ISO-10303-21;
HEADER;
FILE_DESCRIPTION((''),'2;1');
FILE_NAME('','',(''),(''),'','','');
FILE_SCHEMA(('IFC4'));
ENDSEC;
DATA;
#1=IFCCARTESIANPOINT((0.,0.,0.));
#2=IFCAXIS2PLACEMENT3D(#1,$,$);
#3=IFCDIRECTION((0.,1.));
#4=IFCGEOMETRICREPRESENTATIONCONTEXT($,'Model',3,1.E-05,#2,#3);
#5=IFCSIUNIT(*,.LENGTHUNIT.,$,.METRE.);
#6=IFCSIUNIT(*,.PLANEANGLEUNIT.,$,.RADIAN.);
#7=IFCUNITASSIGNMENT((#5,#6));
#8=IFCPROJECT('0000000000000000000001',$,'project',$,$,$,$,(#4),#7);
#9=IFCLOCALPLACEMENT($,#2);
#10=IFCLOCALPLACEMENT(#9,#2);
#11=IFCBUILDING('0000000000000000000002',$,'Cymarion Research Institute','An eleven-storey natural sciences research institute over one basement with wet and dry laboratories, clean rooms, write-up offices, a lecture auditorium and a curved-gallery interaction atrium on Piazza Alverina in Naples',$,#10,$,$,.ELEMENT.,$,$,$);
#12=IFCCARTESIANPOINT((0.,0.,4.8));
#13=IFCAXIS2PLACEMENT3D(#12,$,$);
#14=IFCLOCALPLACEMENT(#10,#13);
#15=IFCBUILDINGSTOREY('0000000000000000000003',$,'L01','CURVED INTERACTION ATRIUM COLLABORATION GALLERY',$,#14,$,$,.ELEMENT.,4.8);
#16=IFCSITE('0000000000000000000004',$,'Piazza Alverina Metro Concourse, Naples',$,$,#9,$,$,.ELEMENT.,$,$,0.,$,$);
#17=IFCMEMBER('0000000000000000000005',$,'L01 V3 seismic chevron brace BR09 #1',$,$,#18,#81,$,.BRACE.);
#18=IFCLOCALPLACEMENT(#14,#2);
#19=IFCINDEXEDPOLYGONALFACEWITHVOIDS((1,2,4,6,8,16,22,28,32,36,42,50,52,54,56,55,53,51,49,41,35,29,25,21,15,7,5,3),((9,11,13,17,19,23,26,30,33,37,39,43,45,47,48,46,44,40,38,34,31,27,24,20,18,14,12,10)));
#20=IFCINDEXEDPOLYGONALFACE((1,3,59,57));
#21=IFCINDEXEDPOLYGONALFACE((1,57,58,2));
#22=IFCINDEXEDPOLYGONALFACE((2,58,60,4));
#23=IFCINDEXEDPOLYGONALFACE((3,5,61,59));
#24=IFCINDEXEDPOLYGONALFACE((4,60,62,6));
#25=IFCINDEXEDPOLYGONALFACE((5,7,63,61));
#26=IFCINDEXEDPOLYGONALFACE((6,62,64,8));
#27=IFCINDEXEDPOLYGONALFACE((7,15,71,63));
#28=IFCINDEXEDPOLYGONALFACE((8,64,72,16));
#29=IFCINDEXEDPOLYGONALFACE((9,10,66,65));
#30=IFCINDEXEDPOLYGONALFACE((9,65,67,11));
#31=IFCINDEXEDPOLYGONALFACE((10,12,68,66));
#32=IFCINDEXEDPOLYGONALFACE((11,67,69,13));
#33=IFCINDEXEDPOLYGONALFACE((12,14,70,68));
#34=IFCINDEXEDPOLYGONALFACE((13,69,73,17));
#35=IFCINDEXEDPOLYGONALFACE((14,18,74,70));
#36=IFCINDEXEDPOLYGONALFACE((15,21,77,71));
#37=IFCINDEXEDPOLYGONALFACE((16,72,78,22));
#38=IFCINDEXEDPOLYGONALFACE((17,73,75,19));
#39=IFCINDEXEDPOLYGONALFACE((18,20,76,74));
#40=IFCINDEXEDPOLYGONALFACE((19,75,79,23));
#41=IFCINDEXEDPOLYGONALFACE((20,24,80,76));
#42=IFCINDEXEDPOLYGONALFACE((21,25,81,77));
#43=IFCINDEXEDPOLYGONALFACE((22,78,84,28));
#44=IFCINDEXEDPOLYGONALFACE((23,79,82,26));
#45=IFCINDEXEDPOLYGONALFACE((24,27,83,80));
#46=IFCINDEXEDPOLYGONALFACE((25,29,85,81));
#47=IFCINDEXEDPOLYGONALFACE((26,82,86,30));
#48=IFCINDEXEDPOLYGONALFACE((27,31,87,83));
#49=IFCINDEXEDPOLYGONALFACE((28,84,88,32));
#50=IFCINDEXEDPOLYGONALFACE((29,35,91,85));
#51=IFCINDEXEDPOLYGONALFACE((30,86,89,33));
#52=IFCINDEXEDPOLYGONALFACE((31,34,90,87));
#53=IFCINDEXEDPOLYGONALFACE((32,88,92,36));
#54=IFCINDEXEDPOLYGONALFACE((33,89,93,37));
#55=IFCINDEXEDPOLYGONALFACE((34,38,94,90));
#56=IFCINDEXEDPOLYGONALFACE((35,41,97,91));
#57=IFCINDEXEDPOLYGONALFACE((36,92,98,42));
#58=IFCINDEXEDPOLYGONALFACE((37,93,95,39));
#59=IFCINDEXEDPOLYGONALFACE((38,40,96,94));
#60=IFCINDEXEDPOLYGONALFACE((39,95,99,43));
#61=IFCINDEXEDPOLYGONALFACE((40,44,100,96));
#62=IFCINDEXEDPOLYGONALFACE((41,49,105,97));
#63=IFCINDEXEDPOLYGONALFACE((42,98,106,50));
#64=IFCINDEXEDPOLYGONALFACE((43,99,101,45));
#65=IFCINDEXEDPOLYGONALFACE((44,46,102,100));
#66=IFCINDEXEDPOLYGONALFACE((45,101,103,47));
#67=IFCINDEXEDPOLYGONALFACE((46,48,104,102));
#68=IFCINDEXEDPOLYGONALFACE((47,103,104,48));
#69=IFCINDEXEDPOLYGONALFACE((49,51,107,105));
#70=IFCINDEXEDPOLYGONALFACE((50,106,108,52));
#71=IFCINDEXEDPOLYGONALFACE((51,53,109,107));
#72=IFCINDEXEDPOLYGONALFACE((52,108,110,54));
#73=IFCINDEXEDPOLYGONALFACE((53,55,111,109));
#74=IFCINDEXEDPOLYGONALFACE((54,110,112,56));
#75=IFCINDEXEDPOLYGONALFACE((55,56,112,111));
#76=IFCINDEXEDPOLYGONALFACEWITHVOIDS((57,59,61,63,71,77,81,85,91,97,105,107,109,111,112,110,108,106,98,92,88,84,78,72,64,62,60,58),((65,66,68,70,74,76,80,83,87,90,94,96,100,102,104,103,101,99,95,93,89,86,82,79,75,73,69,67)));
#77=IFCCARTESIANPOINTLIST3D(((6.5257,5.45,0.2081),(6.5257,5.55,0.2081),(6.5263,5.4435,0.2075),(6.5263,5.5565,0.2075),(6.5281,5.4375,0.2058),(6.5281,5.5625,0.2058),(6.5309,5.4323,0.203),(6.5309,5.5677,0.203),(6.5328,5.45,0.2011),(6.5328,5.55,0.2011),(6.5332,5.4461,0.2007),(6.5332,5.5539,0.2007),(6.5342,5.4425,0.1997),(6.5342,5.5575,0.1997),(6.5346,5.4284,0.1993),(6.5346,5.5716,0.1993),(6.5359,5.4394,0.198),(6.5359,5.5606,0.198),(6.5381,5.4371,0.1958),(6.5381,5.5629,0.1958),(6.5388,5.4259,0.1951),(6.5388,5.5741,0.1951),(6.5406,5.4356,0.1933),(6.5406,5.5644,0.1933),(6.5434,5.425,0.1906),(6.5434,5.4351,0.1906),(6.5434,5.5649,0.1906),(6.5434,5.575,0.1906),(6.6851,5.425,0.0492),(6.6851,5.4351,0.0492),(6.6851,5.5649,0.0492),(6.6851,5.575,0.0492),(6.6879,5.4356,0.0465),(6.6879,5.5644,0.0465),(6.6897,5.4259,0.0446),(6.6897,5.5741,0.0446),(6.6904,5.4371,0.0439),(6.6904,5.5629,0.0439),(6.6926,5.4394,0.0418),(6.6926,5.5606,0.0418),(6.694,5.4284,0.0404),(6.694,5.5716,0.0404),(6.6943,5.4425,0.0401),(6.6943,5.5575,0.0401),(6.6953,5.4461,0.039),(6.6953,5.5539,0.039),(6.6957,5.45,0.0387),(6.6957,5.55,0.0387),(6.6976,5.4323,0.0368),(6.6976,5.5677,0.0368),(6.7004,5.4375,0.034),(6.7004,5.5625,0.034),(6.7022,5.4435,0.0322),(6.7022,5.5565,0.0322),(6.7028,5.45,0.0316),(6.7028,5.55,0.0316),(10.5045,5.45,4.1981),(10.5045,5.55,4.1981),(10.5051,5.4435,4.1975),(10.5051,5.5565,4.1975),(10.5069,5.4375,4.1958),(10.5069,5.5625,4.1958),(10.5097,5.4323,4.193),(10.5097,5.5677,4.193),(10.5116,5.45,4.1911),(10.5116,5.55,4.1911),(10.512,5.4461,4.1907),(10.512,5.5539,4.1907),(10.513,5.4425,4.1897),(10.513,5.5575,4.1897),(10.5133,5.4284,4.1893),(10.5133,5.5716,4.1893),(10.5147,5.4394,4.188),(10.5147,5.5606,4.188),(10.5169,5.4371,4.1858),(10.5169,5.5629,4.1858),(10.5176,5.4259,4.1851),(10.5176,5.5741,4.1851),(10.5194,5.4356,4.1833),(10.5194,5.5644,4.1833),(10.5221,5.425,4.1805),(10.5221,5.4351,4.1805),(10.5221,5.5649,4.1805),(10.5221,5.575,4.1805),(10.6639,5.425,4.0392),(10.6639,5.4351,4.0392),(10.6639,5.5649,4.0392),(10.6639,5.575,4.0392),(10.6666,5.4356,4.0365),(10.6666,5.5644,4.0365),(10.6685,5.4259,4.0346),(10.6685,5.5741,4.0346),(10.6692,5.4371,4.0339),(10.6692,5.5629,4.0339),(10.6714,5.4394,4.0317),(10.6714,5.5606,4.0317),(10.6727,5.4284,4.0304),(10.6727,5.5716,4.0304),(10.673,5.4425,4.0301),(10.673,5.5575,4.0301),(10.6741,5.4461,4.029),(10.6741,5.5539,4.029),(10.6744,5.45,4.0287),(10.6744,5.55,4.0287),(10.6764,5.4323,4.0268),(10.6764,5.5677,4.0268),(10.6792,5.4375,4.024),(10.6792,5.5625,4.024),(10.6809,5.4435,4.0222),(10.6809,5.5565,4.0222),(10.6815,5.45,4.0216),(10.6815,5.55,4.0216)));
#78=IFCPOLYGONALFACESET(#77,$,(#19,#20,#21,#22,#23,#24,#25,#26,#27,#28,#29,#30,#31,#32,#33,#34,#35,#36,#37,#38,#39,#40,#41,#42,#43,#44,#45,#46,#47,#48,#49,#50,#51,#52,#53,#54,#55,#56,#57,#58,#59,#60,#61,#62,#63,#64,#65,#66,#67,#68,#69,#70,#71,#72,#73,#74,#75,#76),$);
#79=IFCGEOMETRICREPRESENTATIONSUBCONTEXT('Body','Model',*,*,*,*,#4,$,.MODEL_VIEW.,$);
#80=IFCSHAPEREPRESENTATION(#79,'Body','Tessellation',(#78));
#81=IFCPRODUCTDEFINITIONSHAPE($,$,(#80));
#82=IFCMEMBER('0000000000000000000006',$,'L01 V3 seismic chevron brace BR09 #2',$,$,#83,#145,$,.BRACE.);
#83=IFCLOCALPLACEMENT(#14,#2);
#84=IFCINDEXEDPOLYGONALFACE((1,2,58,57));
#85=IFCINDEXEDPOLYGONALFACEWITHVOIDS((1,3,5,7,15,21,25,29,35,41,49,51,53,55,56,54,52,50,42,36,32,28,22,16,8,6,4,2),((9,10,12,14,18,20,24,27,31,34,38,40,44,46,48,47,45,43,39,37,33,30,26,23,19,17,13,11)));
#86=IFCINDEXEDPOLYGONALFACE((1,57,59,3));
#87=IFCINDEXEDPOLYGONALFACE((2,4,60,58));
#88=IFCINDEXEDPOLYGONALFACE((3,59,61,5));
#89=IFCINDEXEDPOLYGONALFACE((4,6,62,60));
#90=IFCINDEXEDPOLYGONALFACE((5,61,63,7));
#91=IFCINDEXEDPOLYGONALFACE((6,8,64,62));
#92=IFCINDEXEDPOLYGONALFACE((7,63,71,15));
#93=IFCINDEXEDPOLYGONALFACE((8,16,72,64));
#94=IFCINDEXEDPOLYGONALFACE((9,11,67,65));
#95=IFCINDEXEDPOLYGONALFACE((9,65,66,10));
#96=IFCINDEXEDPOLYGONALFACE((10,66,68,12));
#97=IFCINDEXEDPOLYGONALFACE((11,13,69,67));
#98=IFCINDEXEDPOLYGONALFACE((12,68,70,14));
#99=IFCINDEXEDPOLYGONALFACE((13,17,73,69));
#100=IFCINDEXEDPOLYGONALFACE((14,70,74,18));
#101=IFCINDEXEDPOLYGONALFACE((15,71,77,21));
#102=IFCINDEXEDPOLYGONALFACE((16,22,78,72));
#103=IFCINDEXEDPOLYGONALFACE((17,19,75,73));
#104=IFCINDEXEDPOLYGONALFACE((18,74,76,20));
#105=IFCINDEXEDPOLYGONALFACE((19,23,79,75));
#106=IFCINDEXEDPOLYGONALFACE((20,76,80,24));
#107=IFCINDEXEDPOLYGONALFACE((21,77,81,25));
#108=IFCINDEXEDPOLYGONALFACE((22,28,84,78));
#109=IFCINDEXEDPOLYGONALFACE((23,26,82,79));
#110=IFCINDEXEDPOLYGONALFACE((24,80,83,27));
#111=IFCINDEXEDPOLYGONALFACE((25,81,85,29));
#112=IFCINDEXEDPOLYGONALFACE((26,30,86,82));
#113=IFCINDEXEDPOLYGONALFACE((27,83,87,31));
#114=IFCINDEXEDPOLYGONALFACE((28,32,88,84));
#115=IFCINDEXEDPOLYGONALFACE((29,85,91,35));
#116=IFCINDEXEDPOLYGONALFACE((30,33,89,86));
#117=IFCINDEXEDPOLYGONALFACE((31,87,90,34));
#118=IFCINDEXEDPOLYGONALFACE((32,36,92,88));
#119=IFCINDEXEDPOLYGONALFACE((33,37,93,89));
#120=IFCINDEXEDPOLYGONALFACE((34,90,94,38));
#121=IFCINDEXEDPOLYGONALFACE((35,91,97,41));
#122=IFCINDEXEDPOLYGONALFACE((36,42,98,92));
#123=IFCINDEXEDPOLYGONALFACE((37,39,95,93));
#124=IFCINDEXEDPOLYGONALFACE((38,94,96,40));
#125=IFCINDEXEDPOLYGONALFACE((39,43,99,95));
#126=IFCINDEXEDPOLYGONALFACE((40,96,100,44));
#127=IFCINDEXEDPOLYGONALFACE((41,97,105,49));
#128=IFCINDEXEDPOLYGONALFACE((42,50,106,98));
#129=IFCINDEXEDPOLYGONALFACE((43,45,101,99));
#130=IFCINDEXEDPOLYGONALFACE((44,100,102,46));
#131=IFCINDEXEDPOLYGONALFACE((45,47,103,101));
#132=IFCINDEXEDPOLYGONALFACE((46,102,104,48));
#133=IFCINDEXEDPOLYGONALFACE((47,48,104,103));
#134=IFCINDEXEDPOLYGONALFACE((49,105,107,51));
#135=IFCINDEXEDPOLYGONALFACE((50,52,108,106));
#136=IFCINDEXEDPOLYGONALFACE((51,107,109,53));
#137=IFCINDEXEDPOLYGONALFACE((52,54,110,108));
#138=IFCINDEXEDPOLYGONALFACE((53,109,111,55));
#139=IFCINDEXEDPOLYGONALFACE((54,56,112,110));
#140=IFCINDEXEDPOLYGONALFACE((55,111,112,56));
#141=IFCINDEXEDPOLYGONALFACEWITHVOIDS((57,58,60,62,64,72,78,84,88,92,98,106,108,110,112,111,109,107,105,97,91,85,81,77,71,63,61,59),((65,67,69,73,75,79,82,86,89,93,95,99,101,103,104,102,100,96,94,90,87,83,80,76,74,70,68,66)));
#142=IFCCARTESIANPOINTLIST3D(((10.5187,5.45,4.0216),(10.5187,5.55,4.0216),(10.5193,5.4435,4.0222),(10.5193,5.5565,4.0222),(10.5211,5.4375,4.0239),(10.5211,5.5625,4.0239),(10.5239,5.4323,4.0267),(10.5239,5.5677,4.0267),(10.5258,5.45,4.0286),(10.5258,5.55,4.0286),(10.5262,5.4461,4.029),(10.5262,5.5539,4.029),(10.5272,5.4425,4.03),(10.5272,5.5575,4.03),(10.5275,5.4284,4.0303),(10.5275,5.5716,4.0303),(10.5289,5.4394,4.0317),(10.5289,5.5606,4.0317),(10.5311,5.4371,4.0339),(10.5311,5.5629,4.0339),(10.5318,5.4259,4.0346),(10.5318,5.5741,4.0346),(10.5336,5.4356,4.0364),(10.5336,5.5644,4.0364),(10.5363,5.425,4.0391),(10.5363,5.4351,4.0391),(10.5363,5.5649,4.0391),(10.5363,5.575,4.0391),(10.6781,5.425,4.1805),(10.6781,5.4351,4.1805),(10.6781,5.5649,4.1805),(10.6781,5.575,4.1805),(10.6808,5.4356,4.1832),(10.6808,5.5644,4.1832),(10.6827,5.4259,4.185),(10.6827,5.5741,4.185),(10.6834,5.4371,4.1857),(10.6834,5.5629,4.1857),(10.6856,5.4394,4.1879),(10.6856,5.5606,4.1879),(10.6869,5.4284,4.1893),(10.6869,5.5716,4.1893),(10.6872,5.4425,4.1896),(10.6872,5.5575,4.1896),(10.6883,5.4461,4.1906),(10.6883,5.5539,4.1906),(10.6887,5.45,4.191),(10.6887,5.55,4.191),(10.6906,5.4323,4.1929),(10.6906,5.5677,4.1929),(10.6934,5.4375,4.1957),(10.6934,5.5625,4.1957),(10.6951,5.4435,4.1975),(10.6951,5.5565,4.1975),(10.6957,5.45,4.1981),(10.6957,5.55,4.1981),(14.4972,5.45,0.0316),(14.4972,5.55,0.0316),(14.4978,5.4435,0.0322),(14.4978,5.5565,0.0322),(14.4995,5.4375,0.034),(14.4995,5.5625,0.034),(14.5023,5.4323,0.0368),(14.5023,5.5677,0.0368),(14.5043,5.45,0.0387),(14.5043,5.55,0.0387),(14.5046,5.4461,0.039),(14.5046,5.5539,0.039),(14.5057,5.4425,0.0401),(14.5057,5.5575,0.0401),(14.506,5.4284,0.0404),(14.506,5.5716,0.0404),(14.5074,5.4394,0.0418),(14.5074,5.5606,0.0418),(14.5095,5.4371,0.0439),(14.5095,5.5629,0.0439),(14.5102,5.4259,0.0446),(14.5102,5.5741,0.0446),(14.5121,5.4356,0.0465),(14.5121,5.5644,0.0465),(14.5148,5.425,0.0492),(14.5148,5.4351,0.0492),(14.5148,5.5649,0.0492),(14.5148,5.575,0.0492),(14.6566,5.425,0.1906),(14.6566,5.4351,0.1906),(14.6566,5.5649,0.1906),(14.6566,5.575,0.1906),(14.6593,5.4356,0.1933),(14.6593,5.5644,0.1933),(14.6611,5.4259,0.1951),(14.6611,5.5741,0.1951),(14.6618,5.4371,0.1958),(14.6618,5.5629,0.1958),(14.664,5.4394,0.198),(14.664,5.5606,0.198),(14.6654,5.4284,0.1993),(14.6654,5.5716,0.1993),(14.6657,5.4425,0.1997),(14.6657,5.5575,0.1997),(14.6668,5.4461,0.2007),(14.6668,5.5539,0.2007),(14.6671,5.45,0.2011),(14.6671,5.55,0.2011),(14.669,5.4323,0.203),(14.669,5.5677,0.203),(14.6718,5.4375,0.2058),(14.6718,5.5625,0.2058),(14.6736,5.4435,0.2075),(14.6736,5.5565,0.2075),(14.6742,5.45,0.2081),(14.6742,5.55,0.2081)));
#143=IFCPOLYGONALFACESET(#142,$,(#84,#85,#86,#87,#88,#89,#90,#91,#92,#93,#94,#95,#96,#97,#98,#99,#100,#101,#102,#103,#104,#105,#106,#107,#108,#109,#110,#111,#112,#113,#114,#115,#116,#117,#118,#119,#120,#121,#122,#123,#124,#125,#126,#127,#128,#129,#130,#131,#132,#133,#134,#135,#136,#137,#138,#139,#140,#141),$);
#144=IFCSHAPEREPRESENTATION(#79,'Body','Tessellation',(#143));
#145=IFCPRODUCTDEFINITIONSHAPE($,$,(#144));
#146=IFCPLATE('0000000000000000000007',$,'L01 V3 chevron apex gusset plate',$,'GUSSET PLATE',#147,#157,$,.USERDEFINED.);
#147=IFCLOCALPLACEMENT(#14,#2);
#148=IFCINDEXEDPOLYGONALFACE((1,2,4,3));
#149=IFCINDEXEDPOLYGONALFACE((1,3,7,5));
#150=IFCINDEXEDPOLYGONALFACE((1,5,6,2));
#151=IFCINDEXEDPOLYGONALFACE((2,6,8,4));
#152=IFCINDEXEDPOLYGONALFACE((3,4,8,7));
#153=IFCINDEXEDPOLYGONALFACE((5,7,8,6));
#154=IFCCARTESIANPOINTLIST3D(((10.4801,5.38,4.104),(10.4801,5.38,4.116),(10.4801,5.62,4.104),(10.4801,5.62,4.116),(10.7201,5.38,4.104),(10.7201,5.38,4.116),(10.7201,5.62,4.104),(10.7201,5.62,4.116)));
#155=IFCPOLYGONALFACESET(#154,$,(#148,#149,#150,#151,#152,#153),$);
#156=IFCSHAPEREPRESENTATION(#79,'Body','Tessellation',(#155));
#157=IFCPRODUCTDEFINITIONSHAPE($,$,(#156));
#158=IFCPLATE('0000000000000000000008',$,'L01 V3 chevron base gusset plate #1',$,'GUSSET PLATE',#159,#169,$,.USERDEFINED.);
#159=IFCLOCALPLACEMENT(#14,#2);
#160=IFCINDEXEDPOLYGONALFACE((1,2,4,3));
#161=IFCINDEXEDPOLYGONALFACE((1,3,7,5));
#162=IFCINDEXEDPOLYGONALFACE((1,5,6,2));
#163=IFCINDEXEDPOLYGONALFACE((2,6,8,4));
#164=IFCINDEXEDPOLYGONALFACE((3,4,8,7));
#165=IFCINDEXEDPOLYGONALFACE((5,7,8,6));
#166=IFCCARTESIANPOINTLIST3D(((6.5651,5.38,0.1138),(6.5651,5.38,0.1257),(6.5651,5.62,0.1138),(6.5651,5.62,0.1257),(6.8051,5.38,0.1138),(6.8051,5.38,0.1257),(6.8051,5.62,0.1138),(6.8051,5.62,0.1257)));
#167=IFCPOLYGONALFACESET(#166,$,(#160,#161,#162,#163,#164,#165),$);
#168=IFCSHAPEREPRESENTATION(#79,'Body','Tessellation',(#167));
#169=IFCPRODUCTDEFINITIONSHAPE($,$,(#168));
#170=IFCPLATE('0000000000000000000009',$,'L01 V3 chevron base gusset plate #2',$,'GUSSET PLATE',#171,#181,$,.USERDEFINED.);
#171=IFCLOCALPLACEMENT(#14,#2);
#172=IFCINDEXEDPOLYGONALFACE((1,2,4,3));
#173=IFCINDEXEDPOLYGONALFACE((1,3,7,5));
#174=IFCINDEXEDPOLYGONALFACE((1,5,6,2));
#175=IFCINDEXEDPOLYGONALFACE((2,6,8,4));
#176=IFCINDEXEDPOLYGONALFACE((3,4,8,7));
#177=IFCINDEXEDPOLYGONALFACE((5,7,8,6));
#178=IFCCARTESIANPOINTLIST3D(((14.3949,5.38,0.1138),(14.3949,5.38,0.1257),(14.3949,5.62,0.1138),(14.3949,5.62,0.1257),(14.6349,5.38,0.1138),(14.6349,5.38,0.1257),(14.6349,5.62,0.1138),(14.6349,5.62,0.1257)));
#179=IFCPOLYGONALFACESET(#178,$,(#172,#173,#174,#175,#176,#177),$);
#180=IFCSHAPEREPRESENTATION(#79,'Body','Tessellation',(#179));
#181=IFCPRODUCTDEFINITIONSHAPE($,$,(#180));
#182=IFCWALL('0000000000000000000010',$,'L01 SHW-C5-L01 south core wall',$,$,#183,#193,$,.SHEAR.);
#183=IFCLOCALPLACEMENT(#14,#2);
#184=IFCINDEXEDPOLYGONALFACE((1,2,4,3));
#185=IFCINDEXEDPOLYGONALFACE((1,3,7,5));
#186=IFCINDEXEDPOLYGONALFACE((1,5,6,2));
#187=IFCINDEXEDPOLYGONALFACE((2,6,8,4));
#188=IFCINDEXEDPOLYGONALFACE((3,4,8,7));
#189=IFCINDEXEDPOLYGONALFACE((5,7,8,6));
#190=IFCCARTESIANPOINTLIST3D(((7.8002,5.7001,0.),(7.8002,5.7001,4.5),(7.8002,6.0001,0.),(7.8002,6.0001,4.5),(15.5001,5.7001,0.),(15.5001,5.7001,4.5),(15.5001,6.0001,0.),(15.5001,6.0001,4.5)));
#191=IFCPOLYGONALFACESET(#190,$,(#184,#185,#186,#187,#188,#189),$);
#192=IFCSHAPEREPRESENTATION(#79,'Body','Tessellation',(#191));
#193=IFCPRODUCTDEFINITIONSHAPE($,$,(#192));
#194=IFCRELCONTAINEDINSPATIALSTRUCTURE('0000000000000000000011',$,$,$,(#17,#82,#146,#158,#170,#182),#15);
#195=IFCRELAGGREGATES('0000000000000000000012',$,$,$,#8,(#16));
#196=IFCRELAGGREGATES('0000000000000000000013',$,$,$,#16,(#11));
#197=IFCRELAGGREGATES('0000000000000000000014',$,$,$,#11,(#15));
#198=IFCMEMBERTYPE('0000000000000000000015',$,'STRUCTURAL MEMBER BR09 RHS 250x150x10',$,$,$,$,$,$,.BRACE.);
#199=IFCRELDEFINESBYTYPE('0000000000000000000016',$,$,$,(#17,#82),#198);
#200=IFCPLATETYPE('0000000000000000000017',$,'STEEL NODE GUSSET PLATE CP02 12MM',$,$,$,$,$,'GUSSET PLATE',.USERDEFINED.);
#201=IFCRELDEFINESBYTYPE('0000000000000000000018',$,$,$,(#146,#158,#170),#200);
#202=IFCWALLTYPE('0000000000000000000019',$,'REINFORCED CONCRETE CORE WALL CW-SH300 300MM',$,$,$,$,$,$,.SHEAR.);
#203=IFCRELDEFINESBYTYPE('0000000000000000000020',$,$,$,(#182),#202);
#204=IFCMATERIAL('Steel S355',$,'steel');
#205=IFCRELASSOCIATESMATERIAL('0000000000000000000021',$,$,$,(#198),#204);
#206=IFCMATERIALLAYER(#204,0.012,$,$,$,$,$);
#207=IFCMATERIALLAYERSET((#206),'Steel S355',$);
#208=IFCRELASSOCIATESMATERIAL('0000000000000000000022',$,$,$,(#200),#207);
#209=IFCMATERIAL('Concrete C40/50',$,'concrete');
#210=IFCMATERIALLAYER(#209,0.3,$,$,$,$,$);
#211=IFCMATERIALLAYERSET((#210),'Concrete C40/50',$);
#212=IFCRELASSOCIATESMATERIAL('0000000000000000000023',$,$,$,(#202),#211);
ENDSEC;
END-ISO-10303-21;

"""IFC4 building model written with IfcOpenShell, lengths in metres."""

from ifc_helpers import new_model, si_unit, direction, frame, frame_2d, origin, origin_2d, place, context, subcontext, project, spatial, rectangle, hollow_rectangle, extrude, material, layer, layer_set, material_profile, profile_set, type_object, element, save


model = new_model("IFC4")

# Units and contexts
model_context = context("Model", 3, precision=1e-05, world=origin(), true_north=direction((0.0, 1.0)))
body_context = subcontext(model_context, "Body", "Model", "MODEL_VIEW")
ifc_project = project(units=[si_unit("LENGTHUNIT", "METRE"), si_unit("PLANEANGLEUNIT", "RADIAN")], contexts=[model_context])

# Site, building, storey
site_placement = place(None, origin())
site = spatial("IfcSite", under=ifc_project, at=site_placement, Name="Piazza Alverina Metro Concourse, Naples", CompositionType="ELEMENT", RefElevation=0.0)
building_placement = place(site_placement, origin())
building = spatial("IfcBuilding", under=site, at=building_placement, Name="Cymarion Research Institute", Description="An eleven-storey natural sciences research institute over one basement with wet and dry laboratories, clean rooms, write-up offices, a lecture auditorium and a curved-gallery interaction atrium on Piazza Alverina in Naples", CompositionType="ELEMENT")
storey_placement = place(building_placement, frame((0.0, 0.0, 4.8)))
storey = spatial("IfcBuildingStorey", under=building, at=storey_placement, Name="L01", Description="CURVED INTERACTION ATRIUM COLLABORATION GALLERY", CompositionType="ELEMENT", Elevation=4.8)

# Shared definitions
ifc_material_1 = material(Name="Concrete C40/50", Category="concrete")
ifc_material_2 = material(Name="Steel S355", Category="steel")

# Members
ifc_material_profile_1 = material_profile(ifc_material_2, hollow_rectangle(XDim=0.1499, YDim=0.25, WallThickness=0.01, InnerFilletRadius=0.0149, OuterFilletRadius=0.0249, at=origin_2d()), Name="RHS 250x150x10")
ifc_profile_set_1 = profile_set([ifc_material_profile_1], Name="Steel S355")
member_type = type_object("IfcMemberType", Name="STRUCTURAL MEMBER BR09 RHS 250x150x10", PredefinedType="BRACE", material=ifc_profile_set_1)
member_1_placement = place(storey_placement, frame((6.6143, 5.5, 0.1199), z_axis=(0.70611, 0.0, 0.708103), x_axis=(0.0, 1.0, 0.0)))
element("IfcMember", 1, at=member_1_placement, inside=storey, type_object=member_type, Name="L01 V3 seismic chevron brace BR09 #1", PredefinedType="BRACE", context=body_context, shape_type="SweptSolid", body=[
    extrude(hollow_rectangle(XDim=0.1499, YDim=0.25, WallThickness=0.01, InnerFilletRadius=0.0149, OuterFilletRadius=0.0249, at=origin_2d()), origin(), (0.0, 0.0, 1.0), 5.6348),
])
member_2_placement = place(storey_placement, frame((14.5857, 5.5, 0.1199), z_axis=(-0.706088, 0.0, 0.708124), x_axis=(0.0, -1.0, 0.0)))
element("IfcMember", 2, at=member_2_placement, inside=storey, type_object=member_type, Name="L01 V3 seismic chevron brace BR09 #2", PredefinedType="BRACE", context=body_context, shape_type="SweptSolid", body=[
    extrude(hollow_rectangle(XDim=0.1499, YDim=0.25, WallThickness=0.01, InnerFilletRadius=0.0149, OuterFilletRadius=0.0249, at=origin_2d()), origin(), (0.0, 0.0, 1.0), 5.6345),
])

# Plates
ifc_layer_1 = layer(ifc_material_2, 0.012)
ifc_layer_set_1 = layer_set([ifc_layer_1], Name="Steel S355")
plate_type = type_object("IfcPlateType", Name="STEEL NODE GUSSET PLATE CP02 12MM", ElementType="GUSSET PLATE", PredefinedType="USERDEFINED", material=ifc_layer_set_1)
for number, where, z_axis, x_axis, name in (
    (3, (10.6001, 5.5, 4.104), (0.0, 0.0, 1.0), (1.0, 0.0, 0.0), "L01 V3 chevron apex gusset plate"),
    (4, (6.6851, 5.5, 0.1138), (0.0, 0.0, 1.0), (1.0, 0.0, 0.0), "L01 V3 chevron base gusset plate #1"),
    (5, (14.5149, 5.5, 0.1138), (0.0, 0.0, 1.0), (1.0, 0.0, 0.0), "L01 V3 chevron base gusset plate #2"),
):
    element("IfcPlate", number, at=place(storey_placement, frame(where, z_axis=z_axis, x_axis=x_axis)), inside=storey, type_object=plate_type, Name=name, ObjectType="GUSSET PLATE", PredefinedType="USERDEFINED", context=body_context, shape_type="SweptSolid", body=[
        extrude(rectangle(XDim=0.24, YDim=0.24, at=origin_2d()), origin(), (0.0, 0.0, 1.0), 0.012),
    ])

# Wall
ifc_layer_2 = layer(ifc_material_1, 0.3)
ifc_layer_set_2 = layer_set([ifc_layer_2], Name="Concrete C40/50")
wall_type = type_object("IfcWallType", Name="REINFORCED CONCRETE CORE WALL CW-SH300 300MM", PredefinedType="SHEAR", material=ifc_layer_set_2)
wall_1_placement = place(storey_placement, frame((7.8, 5.8501, 0.0), z_axis=(0.0, 0.0, 1.0), x_axis=(1.0, 0.0, 0.0)))
element("IfcWall", 6, at=wall_1_placement, inside=storey, type_object=wall_type, Name="L01 SHW-C5-L01 south core wall", PredefinedType="SHEAR", context=body_context, shape_type="SweptSolid", body=[
    extrude(rectangle(XDim=7.7, YDim=0.3, at=frame_2d((3.8501, 0.0))), origin(), (0.0, 0.0, 1.0), 4.5),
])

save(model, "model.ifc")
